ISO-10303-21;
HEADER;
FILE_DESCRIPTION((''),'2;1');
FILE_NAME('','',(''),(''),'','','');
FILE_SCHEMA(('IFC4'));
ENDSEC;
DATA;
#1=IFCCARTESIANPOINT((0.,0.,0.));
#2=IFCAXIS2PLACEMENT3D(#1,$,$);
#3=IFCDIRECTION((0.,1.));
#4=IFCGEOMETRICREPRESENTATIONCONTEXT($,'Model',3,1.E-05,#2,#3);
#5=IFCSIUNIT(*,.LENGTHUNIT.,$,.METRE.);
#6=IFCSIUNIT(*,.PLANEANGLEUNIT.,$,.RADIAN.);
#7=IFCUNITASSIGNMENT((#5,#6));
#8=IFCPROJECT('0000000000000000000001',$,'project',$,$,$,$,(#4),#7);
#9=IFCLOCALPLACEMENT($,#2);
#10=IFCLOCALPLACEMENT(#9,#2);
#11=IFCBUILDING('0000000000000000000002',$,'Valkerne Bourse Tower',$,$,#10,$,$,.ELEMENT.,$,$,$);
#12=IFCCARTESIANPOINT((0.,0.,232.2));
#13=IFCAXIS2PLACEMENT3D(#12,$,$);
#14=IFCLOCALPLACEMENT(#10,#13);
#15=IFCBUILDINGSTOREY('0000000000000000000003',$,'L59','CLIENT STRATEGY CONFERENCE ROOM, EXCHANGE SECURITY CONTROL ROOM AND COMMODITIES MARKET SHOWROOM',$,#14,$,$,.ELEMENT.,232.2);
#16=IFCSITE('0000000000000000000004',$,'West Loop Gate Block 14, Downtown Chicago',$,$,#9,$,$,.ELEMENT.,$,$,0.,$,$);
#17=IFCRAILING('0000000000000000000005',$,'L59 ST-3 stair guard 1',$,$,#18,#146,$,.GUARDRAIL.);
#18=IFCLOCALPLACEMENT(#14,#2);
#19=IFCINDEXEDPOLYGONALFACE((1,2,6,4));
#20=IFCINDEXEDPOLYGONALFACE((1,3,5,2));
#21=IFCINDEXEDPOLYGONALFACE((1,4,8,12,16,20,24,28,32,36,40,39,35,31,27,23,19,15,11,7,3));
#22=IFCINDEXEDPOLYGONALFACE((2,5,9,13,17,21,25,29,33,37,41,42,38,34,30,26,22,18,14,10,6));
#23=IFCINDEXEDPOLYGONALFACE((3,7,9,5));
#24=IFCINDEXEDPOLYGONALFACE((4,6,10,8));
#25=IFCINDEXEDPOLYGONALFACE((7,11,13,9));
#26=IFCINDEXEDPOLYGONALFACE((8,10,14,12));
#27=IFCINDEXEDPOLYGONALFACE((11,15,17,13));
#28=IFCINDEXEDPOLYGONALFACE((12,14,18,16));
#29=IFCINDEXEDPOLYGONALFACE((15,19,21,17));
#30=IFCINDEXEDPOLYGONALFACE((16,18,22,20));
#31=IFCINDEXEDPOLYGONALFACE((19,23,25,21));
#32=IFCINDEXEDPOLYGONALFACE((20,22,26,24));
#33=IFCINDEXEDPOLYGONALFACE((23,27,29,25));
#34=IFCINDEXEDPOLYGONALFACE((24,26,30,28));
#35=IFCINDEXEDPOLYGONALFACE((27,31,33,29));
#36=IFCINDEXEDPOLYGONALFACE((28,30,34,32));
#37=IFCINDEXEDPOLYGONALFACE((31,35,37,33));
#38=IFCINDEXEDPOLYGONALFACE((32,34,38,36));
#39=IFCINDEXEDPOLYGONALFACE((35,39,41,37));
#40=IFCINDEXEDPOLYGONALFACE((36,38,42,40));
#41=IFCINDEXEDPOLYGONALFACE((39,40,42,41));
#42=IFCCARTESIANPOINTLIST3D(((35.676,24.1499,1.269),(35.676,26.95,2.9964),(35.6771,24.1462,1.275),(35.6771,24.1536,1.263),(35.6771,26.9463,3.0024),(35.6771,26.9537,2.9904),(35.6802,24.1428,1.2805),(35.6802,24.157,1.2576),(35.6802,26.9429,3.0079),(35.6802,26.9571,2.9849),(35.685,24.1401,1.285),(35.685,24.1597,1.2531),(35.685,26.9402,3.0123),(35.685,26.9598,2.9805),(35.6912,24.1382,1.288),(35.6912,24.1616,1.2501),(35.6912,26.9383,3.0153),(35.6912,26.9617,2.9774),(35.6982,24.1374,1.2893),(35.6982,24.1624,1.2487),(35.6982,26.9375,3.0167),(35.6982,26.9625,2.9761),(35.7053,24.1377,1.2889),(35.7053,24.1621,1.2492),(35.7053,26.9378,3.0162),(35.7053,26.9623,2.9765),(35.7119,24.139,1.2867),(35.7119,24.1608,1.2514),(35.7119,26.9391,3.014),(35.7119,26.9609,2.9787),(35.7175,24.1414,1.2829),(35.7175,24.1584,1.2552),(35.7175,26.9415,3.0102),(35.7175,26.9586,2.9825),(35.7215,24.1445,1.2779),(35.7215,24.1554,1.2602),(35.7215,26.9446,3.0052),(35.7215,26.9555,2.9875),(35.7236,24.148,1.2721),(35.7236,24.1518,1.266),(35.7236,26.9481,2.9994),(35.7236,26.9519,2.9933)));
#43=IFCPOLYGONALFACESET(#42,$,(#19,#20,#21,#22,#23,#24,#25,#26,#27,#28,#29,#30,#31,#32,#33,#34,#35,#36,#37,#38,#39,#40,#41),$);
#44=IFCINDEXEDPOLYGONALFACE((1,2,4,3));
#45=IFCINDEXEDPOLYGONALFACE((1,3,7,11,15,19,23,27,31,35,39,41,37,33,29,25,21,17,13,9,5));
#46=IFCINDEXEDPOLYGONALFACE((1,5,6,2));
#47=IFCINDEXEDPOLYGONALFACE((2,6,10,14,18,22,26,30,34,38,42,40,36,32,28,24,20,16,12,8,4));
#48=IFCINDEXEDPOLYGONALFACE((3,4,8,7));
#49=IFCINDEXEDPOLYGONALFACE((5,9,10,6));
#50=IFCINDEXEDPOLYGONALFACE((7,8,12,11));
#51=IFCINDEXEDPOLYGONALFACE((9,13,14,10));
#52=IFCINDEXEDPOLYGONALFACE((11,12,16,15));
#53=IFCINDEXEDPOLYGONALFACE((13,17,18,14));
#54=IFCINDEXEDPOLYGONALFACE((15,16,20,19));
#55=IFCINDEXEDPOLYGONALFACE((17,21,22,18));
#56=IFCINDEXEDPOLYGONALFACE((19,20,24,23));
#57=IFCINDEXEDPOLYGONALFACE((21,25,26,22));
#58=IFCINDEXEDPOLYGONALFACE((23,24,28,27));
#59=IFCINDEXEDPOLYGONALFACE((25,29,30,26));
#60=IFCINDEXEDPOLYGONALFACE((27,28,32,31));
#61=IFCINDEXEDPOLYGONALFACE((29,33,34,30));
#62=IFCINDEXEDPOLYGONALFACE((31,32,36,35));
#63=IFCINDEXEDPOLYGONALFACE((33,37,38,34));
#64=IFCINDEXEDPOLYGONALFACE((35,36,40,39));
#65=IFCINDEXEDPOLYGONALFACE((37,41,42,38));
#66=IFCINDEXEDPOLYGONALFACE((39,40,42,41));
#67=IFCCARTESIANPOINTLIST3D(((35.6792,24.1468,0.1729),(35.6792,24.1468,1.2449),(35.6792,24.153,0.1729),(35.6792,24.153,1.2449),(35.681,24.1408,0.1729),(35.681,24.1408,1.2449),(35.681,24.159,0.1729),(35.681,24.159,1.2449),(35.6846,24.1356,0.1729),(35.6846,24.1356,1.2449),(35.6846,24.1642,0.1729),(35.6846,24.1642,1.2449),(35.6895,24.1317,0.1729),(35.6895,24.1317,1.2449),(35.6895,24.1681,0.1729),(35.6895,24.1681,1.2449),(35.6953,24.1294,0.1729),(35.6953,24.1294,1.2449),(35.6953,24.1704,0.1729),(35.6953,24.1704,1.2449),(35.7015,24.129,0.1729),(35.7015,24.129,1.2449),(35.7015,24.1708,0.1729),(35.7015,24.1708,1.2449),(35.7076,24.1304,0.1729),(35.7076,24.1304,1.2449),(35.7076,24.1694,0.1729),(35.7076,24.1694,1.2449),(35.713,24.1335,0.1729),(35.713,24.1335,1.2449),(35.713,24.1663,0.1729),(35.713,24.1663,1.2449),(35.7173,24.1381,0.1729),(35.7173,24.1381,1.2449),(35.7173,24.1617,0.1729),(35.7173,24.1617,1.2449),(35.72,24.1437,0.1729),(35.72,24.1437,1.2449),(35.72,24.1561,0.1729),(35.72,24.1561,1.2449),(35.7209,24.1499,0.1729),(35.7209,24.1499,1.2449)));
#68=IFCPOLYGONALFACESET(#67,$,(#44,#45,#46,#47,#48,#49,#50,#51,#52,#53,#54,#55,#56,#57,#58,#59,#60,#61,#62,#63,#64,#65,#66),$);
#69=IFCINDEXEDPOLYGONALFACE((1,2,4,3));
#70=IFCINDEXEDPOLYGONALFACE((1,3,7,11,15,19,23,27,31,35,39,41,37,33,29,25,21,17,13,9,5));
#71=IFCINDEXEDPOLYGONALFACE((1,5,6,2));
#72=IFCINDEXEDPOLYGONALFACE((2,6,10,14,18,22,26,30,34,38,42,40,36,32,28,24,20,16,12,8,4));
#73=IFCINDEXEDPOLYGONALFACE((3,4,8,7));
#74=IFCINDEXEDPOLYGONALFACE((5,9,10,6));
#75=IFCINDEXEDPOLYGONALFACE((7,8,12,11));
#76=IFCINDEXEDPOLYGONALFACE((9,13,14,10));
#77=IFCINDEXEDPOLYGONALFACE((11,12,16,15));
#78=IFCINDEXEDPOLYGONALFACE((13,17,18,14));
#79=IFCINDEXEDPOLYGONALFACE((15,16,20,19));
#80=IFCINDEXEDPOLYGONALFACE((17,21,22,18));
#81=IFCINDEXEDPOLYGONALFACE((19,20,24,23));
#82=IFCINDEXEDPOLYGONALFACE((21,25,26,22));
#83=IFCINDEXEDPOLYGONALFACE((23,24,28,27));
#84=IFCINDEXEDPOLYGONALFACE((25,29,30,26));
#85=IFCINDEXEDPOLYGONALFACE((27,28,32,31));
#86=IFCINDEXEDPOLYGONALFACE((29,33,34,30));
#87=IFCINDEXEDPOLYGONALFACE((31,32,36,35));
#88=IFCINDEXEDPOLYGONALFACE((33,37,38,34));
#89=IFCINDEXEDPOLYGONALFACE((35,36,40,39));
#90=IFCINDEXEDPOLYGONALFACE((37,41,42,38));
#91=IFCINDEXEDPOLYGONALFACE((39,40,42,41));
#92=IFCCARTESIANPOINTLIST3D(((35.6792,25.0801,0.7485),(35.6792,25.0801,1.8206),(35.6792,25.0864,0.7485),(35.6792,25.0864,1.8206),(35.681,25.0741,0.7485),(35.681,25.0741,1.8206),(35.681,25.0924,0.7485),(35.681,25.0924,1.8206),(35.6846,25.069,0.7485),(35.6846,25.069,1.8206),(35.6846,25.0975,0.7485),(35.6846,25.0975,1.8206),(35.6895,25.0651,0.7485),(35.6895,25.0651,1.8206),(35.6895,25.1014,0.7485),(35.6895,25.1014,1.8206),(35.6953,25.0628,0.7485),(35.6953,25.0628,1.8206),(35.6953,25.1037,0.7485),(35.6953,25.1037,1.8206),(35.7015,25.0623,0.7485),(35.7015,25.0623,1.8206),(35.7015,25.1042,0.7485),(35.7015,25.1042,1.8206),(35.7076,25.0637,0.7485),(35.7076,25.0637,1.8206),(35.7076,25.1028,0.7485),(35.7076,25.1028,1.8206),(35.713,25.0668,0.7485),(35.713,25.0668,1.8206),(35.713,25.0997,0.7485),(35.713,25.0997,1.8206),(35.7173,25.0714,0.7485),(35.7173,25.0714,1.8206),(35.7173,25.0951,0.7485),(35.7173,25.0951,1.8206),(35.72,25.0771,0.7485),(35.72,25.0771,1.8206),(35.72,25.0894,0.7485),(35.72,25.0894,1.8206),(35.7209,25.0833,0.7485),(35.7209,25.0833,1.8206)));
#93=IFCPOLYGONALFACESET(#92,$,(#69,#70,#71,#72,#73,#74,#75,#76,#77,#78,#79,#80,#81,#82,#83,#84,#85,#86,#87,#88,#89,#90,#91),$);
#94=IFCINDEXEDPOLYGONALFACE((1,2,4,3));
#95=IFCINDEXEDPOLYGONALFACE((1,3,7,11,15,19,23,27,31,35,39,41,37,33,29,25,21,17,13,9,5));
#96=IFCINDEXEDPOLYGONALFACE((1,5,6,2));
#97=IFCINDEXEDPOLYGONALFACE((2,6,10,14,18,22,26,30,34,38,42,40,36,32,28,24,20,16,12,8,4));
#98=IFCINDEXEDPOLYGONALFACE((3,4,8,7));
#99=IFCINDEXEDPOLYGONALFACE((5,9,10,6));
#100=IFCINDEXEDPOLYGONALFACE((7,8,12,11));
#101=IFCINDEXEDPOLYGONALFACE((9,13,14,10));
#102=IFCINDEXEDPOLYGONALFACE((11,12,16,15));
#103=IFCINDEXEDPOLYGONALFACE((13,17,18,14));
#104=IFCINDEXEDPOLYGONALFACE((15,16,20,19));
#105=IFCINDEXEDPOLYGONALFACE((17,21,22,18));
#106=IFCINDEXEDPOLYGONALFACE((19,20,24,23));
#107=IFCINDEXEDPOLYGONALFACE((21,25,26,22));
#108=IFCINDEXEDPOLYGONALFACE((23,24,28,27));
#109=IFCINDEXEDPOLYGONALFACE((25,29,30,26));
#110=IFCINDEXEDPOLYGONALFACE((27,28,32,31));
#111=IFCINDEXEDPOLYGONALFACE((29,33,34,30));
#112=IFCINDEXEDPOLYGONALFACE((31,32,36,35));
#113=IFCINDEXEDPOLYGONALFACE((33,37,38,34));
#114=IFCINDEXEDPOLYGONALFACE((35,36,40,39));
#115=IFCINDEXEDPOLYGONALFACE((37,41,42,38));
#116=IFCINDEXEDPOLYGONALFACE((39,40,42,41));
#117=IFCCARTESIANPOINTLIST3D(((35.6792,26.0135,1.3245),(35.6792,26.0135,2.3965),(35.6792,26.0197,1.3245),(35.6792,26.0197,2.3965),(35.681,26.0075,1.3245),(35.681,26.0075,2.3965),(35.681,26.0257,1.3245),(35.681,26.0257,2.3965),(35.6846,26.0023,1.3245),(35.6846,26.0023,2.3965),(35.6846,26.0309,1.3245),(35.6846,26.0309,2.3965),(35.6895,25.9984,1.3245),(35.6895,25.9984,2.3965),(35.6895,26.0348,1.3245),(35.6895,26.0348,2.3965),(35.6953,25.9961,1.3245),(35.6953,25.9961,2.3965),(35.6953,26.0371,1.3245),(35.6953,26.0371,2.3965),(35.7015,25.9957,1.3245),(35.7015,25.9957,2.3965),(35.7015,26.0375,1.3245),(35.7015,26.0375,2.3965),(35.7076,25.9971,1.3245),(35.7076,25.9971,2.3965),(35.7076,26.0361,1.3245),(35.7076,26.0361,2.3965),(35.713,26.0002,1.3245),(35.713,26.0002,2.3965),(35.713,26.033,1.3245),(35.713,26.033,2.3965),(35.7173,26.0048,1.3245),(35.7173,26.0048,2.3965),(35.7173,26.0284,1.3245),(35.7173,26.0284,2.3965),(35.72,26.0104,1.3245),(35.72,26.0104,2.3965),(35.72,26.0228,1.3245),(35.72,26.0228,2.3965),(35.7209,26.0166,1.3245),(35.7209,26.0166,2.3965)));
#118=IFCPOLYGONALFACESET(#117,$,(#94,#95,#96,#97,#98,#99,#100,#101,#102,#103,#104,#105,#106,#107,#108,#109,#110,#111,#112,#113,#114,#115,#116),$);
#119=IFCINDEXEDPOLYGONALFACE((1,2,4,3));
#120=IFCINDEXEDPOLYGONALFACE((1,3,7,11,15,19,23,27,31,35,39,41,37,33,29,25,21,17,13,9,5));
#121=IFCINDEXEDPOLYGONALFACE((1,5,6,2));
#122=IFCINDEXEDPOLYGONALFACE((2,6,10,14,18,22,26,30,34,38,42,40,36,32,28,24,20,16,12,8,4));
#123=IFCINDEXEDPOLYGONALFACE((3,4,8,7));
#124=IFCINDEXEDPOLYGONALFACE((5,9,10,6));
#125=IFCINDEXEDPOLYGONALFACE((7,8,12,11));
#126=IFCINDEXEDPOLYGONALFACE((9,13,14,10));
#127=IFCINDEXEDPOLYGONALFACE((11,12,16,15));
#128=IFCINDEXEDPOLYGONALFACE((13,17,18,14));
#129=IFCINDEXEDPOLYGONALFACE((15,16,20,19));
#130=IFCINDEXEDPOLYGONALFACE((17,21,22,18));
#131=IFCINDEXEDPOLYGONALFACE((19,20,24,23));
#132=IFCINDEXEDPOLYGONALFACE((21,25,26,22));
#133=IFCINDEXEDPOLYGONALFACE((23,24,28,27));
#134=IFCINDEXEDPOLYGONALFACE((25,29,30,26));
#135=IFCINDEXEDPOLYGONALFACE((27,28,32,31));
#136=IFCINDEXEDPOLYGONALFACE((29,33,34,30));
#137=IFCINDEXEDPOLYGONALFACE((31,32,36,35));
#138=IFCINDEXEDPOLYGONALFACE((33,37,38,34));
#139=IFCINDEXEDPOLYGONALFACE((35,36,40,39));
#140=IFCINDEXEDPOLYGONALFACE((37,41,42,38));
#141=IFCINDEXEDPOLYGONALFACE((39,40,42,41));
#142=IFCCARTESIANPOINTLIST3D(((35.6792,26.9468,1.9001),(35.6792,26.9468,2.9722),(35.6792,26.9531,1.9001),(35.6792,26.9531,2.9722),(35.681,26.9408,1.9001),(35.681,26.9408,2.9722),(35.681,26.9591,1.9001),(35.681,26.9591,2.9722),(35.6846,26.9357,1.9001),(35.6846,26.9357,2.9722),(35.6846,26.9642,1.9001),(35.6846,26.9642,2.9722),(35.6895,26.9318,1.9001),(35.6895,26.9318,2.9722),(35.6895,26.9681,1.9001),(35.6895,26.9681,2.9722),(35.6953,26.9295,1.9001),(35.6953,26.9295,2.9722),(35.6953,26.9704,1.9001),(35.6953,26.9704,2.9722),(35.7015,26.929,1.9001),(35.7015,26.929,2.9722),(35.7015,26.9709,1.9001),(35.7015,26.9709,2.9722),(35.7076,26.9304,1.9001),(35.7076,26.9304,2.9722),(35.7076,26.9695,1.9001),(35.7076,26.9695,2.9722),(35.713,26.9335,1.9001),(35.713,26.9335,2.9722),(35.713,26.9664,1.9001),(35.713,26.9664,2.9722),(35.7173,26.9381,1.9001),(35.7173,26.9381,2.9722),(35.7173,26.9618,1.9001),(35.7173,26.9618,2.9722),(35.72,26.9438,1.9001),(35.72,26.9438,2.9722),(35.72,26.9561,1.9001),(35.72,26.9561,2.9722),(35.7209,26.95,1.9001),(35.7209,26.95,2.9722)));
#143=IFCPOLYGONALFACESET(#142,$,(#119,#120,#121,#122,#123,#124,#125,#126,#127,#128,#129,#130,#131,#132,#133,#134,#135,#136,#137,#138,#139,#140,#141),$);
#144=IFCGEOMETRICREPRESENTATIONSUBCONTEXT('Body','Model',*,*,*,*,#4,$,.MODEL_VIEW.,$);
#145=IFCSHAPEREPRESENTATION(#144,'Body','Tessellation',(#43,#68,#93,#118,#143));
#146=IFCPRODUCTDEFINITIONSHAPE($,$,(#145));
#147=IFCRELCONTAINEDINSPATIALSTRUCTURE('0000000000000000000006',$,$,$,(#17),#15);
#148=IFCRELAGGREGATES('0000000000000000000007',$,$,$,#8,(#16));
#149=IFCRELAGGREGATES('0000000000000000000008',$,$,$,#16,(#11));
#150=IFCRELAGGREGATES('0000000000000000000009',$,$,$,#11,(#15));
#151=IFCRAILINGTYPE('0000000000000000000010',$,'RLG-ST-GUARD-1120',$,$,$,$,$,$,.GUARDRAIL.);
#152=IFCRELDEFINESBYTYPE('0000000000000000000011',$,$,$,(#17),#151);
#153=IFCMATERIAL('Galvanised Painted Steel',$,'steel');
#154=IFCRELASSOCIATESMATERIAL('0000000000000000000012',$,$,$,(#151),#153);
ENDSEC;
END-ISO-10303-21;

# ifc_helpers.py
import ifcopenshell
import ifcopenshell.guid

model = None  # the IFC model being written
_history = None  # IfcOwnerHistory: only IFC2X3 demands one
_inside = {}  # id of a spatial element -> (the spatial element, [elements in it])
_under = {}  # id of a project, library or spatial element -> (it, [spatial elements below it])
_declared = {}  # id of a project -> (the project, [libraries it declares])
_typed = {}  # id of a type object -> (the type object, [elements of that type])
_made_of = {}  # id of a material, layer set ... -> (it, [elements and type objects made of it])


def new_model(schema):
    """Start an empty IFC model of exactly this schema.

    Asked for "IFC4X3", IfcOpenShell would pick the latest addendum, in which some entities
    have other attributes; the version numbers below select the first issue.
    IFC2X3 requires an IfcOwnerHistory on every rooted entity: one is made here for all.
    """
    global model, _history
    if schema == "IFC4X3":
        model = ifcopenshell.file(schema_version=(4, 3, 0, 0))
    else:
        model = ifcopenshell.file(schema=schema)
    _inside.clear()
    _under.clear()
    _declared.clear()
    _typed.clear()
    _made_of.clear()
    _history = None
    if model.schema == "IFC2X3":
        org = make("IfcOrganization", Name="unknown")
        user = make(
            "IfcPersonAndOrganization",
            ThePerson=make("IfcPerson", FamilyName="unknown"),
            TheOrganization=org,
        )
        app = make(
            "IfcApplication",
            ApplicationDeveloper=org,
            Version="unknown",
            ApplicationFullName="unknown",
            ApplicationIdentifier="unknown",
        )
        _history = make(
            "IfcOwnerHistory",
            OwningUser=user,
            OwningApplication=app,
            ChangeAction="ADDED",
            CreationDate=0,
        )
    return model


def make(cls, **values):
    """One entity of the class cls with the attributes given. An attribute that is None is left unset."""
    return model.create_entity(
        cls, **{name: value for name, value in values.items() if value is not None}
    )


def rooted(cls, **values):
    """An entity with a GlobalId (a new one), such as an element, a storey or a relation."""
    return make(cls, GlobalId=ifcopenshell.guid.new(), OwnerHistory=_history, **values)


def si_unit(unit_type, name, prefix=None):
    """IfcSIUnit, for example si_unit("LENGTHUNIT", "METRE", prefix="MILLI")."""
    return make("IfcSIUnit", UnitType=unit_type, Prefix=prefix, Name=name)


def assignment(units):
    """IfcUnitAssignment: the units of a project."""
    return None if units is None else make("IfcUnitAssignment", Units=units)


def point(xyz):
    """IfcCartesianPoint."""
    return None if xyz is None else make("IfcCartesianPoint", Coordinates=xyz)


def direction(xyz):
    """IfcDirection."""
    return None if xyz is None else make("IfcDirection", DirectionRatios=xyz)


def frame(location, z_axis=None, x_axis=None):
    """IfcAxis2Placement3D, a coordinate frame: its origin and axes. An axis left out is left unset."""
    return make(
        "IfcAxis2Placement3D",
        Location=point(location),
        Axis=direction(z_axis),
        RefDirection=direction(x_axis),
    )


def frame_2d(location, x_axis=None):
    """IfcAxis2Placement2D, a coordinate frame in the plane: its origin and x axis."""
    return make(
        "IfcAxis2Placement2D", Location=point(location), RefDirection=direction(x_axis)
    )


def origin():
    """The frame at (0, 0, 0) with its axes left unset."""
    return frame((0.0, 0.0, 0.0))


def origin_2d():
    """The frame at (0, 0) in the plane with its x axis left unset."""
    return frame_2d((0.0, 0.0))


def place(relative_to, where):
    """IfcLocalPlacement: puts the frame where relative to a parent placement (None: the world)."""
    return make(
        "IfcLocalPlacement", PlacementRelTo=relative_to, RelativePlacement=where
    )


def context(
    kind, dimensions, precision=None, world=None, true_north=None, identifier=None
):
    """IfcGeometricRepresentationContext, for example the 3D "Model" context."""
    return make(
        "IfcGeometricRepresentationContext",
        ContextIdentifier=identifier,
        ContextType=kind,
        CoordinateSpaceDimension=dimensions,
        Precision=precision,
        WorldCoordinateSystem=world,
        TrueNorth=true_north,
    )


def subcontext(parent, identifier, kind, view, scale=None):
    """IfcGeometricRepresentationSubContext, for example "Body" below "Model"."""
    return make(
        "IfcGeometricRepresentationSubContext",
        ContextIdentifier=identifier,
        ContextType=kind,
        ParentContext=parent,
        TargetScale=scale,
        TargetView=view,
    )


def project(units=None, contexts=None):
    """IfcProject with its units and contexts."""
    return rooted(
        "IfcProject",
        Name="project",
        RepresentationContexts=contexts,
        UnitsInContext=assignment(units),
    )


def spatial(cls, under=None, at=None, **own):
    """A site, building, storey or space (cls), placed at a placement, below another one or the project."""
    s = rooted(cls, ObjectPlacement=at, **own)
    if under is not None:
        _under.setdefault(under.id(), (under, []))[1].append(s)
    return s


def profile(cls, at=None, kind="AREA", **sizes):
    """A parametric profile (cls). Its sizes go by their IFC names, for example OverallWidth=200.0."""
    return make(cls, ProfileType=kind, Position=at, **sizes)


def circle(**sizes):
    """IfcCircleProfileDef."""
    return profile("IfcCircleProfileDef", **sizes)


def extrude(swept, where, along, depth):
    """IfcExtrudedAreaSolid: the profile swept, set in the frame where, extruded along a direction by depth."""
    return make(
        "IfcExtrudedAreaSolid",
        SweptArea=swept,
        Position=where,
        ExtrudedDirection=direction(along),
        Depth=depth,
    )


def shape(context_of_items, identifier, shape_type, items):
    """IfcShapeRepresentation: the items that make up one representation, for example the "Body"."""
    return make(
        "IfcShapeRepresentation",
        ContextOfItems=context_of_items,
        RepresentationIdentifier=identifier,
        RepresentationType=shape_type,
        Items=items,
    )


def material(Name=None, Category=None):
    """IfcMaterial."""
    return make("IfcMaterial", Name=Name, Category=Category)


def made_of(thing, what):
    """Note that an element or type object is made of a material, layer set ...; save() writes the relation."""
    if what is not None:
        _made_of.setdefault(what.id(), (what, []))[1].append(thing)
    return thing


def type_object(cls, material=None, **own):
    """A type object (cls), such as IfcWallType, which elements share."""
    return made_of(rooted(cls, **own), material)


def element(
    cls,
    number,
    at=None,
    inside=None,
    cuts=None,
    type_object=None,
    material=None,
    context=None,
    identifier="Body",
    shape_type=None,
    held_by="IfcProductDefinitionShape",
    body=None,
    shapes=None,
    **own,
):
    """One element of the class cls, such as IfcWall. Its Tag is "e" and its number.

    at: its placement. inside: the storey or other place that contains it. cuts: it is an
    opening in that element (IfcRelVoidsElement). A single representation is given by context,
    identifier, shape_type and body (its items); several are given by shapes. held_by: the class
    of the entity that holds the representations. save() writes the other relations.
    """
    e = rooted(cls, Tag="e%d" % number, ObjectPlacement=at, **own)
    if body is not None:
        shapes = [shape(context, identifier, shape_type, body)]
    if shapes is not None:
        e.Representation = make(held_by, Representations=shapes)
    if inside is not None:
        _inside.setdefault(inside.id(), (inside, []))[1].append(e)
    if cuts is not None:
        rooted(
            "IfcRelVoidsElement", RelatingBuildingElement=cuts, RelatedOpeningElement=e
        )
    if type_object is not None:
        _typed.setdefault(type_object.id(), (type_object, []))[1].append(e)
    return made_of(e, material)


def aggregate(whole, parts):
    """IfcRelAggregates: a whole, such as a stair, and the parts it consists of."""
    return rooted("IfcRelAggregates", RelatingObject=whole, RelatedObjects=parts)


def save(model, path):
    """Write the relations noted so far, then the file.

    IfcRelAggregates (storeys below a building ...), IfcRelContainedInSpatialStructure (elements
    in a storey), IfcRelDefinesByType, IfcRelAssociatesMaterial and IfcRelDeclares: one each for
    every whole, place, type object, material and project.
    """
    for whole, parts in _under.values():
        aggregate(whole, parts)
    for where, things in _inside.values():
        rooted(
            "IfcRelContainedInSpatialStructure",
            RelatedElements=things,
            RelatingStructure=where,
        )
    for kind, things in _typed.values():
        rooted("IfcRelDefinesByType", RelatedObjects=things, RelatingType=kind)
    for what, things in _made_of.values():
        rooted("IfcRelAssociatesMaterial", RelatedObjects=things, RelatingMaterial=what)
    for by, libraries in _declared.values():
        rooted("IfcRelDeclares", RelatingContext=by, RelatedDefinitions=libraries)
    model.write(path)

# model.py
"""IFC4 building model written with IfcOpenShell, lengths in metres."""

from ifc_helpers import new_model, si_unit, direction, frame, origin, origin_2d, place, context, subcontext, project, spatial, circle, extrude, material, type_object, element, save


model = new_model("IFC4")

# Units and contexts
model_context = context("Model", 3, precision=1e-05, world=origin(), true_north=direction((0.0, 1.0)))
body_context = subcontext(model_context, "Body", "Model", "MODEL_VIEW")
ifc_project = project(units=[si_unit("LENGTHUNIT", "METRE"), si_unit("PLANEANGLEUNIT", "RADIAN")], contexts=[model_context])

# Site, building, storey
site_placement = place(None, origin())
site = spatial("IfcSite", under=ifc_project, at=site_placement, Name="West Loop Gate Block 14, Downtown Chicago", CompositionType="ELEMENT", RefElevation=0.0)
building_placement = place(site_placement, origin())
building = spatial("IfcBuilding", under=site, at=building_placement, Name="Valkerne Bourse Tower", CompositionType="ELEMENT")
storey_placement = place(building_placement, frame((0.0, 0.0, 232.2)))
storey = spatial("IfcBuildingStorey", under=building, at=storey_placement, Name="L59", Description="CLIENT STRATEGY CONFERENCE ROOM, EXCHANGE SECURITY CONTROL ROOM AND COMMODITIES MARKET SHOWROOM", CompositionType="ELEMENT", Elevation=232.2)

# Shared definitions
ifc_material_1 = material(Name="Galvanised Painted Steel", Category="steel")

# Railing
railing_type = type_object("IfcRailingType", Name="RLG-ST-GUARD-1120", PredefinedType="GUARDRAIL", material=ifc_material_1)
railing_1_placement = place(storey_placement, frame((35.7, 24.1499, 0.1729)))
element("IfcRailing", 1, at=railing_1_placement, inside=storey, type_object=railing_type, Name="L59 ST-3 stair guard 1", PredefinedType="GUARDRAIL", context=body_context, shape_type="SweptSolid", body=[
    extrude(circle(Radius=0.0239, at=origin_2d()), frame((0.0, 0.0, 1.0962), z_axis=(0.0, 0.85109, 0.52502), x_axis=(-1.0, 0.0, 0.0)), (0.0, 0.0, 1.0), 3.29),
    extrude(circle(Radius=0.021, at=origin_2d()), origin(), (0.0, 0.0, 1.0), 1.072),
    extrude(circle(Radius=0.021, at=origin_2d()), frame((0.0, 0.9333, 0.5757)), (0.0, 0.0, 1.0), 1.072),
    extrude(circle(Radius=0.021, at=origin_2d()), frame((0.0, 1.8667, 1.1516)), (0.0, 0.0, 1.0), 1.072),
    extrude(circle(Radius=0.021, at=origin_2d()), frame((0.0, 2.8, 1.7273)), (0.0, 0.0, 1.0), 1.072),
])

save(model, "model.ifc")
